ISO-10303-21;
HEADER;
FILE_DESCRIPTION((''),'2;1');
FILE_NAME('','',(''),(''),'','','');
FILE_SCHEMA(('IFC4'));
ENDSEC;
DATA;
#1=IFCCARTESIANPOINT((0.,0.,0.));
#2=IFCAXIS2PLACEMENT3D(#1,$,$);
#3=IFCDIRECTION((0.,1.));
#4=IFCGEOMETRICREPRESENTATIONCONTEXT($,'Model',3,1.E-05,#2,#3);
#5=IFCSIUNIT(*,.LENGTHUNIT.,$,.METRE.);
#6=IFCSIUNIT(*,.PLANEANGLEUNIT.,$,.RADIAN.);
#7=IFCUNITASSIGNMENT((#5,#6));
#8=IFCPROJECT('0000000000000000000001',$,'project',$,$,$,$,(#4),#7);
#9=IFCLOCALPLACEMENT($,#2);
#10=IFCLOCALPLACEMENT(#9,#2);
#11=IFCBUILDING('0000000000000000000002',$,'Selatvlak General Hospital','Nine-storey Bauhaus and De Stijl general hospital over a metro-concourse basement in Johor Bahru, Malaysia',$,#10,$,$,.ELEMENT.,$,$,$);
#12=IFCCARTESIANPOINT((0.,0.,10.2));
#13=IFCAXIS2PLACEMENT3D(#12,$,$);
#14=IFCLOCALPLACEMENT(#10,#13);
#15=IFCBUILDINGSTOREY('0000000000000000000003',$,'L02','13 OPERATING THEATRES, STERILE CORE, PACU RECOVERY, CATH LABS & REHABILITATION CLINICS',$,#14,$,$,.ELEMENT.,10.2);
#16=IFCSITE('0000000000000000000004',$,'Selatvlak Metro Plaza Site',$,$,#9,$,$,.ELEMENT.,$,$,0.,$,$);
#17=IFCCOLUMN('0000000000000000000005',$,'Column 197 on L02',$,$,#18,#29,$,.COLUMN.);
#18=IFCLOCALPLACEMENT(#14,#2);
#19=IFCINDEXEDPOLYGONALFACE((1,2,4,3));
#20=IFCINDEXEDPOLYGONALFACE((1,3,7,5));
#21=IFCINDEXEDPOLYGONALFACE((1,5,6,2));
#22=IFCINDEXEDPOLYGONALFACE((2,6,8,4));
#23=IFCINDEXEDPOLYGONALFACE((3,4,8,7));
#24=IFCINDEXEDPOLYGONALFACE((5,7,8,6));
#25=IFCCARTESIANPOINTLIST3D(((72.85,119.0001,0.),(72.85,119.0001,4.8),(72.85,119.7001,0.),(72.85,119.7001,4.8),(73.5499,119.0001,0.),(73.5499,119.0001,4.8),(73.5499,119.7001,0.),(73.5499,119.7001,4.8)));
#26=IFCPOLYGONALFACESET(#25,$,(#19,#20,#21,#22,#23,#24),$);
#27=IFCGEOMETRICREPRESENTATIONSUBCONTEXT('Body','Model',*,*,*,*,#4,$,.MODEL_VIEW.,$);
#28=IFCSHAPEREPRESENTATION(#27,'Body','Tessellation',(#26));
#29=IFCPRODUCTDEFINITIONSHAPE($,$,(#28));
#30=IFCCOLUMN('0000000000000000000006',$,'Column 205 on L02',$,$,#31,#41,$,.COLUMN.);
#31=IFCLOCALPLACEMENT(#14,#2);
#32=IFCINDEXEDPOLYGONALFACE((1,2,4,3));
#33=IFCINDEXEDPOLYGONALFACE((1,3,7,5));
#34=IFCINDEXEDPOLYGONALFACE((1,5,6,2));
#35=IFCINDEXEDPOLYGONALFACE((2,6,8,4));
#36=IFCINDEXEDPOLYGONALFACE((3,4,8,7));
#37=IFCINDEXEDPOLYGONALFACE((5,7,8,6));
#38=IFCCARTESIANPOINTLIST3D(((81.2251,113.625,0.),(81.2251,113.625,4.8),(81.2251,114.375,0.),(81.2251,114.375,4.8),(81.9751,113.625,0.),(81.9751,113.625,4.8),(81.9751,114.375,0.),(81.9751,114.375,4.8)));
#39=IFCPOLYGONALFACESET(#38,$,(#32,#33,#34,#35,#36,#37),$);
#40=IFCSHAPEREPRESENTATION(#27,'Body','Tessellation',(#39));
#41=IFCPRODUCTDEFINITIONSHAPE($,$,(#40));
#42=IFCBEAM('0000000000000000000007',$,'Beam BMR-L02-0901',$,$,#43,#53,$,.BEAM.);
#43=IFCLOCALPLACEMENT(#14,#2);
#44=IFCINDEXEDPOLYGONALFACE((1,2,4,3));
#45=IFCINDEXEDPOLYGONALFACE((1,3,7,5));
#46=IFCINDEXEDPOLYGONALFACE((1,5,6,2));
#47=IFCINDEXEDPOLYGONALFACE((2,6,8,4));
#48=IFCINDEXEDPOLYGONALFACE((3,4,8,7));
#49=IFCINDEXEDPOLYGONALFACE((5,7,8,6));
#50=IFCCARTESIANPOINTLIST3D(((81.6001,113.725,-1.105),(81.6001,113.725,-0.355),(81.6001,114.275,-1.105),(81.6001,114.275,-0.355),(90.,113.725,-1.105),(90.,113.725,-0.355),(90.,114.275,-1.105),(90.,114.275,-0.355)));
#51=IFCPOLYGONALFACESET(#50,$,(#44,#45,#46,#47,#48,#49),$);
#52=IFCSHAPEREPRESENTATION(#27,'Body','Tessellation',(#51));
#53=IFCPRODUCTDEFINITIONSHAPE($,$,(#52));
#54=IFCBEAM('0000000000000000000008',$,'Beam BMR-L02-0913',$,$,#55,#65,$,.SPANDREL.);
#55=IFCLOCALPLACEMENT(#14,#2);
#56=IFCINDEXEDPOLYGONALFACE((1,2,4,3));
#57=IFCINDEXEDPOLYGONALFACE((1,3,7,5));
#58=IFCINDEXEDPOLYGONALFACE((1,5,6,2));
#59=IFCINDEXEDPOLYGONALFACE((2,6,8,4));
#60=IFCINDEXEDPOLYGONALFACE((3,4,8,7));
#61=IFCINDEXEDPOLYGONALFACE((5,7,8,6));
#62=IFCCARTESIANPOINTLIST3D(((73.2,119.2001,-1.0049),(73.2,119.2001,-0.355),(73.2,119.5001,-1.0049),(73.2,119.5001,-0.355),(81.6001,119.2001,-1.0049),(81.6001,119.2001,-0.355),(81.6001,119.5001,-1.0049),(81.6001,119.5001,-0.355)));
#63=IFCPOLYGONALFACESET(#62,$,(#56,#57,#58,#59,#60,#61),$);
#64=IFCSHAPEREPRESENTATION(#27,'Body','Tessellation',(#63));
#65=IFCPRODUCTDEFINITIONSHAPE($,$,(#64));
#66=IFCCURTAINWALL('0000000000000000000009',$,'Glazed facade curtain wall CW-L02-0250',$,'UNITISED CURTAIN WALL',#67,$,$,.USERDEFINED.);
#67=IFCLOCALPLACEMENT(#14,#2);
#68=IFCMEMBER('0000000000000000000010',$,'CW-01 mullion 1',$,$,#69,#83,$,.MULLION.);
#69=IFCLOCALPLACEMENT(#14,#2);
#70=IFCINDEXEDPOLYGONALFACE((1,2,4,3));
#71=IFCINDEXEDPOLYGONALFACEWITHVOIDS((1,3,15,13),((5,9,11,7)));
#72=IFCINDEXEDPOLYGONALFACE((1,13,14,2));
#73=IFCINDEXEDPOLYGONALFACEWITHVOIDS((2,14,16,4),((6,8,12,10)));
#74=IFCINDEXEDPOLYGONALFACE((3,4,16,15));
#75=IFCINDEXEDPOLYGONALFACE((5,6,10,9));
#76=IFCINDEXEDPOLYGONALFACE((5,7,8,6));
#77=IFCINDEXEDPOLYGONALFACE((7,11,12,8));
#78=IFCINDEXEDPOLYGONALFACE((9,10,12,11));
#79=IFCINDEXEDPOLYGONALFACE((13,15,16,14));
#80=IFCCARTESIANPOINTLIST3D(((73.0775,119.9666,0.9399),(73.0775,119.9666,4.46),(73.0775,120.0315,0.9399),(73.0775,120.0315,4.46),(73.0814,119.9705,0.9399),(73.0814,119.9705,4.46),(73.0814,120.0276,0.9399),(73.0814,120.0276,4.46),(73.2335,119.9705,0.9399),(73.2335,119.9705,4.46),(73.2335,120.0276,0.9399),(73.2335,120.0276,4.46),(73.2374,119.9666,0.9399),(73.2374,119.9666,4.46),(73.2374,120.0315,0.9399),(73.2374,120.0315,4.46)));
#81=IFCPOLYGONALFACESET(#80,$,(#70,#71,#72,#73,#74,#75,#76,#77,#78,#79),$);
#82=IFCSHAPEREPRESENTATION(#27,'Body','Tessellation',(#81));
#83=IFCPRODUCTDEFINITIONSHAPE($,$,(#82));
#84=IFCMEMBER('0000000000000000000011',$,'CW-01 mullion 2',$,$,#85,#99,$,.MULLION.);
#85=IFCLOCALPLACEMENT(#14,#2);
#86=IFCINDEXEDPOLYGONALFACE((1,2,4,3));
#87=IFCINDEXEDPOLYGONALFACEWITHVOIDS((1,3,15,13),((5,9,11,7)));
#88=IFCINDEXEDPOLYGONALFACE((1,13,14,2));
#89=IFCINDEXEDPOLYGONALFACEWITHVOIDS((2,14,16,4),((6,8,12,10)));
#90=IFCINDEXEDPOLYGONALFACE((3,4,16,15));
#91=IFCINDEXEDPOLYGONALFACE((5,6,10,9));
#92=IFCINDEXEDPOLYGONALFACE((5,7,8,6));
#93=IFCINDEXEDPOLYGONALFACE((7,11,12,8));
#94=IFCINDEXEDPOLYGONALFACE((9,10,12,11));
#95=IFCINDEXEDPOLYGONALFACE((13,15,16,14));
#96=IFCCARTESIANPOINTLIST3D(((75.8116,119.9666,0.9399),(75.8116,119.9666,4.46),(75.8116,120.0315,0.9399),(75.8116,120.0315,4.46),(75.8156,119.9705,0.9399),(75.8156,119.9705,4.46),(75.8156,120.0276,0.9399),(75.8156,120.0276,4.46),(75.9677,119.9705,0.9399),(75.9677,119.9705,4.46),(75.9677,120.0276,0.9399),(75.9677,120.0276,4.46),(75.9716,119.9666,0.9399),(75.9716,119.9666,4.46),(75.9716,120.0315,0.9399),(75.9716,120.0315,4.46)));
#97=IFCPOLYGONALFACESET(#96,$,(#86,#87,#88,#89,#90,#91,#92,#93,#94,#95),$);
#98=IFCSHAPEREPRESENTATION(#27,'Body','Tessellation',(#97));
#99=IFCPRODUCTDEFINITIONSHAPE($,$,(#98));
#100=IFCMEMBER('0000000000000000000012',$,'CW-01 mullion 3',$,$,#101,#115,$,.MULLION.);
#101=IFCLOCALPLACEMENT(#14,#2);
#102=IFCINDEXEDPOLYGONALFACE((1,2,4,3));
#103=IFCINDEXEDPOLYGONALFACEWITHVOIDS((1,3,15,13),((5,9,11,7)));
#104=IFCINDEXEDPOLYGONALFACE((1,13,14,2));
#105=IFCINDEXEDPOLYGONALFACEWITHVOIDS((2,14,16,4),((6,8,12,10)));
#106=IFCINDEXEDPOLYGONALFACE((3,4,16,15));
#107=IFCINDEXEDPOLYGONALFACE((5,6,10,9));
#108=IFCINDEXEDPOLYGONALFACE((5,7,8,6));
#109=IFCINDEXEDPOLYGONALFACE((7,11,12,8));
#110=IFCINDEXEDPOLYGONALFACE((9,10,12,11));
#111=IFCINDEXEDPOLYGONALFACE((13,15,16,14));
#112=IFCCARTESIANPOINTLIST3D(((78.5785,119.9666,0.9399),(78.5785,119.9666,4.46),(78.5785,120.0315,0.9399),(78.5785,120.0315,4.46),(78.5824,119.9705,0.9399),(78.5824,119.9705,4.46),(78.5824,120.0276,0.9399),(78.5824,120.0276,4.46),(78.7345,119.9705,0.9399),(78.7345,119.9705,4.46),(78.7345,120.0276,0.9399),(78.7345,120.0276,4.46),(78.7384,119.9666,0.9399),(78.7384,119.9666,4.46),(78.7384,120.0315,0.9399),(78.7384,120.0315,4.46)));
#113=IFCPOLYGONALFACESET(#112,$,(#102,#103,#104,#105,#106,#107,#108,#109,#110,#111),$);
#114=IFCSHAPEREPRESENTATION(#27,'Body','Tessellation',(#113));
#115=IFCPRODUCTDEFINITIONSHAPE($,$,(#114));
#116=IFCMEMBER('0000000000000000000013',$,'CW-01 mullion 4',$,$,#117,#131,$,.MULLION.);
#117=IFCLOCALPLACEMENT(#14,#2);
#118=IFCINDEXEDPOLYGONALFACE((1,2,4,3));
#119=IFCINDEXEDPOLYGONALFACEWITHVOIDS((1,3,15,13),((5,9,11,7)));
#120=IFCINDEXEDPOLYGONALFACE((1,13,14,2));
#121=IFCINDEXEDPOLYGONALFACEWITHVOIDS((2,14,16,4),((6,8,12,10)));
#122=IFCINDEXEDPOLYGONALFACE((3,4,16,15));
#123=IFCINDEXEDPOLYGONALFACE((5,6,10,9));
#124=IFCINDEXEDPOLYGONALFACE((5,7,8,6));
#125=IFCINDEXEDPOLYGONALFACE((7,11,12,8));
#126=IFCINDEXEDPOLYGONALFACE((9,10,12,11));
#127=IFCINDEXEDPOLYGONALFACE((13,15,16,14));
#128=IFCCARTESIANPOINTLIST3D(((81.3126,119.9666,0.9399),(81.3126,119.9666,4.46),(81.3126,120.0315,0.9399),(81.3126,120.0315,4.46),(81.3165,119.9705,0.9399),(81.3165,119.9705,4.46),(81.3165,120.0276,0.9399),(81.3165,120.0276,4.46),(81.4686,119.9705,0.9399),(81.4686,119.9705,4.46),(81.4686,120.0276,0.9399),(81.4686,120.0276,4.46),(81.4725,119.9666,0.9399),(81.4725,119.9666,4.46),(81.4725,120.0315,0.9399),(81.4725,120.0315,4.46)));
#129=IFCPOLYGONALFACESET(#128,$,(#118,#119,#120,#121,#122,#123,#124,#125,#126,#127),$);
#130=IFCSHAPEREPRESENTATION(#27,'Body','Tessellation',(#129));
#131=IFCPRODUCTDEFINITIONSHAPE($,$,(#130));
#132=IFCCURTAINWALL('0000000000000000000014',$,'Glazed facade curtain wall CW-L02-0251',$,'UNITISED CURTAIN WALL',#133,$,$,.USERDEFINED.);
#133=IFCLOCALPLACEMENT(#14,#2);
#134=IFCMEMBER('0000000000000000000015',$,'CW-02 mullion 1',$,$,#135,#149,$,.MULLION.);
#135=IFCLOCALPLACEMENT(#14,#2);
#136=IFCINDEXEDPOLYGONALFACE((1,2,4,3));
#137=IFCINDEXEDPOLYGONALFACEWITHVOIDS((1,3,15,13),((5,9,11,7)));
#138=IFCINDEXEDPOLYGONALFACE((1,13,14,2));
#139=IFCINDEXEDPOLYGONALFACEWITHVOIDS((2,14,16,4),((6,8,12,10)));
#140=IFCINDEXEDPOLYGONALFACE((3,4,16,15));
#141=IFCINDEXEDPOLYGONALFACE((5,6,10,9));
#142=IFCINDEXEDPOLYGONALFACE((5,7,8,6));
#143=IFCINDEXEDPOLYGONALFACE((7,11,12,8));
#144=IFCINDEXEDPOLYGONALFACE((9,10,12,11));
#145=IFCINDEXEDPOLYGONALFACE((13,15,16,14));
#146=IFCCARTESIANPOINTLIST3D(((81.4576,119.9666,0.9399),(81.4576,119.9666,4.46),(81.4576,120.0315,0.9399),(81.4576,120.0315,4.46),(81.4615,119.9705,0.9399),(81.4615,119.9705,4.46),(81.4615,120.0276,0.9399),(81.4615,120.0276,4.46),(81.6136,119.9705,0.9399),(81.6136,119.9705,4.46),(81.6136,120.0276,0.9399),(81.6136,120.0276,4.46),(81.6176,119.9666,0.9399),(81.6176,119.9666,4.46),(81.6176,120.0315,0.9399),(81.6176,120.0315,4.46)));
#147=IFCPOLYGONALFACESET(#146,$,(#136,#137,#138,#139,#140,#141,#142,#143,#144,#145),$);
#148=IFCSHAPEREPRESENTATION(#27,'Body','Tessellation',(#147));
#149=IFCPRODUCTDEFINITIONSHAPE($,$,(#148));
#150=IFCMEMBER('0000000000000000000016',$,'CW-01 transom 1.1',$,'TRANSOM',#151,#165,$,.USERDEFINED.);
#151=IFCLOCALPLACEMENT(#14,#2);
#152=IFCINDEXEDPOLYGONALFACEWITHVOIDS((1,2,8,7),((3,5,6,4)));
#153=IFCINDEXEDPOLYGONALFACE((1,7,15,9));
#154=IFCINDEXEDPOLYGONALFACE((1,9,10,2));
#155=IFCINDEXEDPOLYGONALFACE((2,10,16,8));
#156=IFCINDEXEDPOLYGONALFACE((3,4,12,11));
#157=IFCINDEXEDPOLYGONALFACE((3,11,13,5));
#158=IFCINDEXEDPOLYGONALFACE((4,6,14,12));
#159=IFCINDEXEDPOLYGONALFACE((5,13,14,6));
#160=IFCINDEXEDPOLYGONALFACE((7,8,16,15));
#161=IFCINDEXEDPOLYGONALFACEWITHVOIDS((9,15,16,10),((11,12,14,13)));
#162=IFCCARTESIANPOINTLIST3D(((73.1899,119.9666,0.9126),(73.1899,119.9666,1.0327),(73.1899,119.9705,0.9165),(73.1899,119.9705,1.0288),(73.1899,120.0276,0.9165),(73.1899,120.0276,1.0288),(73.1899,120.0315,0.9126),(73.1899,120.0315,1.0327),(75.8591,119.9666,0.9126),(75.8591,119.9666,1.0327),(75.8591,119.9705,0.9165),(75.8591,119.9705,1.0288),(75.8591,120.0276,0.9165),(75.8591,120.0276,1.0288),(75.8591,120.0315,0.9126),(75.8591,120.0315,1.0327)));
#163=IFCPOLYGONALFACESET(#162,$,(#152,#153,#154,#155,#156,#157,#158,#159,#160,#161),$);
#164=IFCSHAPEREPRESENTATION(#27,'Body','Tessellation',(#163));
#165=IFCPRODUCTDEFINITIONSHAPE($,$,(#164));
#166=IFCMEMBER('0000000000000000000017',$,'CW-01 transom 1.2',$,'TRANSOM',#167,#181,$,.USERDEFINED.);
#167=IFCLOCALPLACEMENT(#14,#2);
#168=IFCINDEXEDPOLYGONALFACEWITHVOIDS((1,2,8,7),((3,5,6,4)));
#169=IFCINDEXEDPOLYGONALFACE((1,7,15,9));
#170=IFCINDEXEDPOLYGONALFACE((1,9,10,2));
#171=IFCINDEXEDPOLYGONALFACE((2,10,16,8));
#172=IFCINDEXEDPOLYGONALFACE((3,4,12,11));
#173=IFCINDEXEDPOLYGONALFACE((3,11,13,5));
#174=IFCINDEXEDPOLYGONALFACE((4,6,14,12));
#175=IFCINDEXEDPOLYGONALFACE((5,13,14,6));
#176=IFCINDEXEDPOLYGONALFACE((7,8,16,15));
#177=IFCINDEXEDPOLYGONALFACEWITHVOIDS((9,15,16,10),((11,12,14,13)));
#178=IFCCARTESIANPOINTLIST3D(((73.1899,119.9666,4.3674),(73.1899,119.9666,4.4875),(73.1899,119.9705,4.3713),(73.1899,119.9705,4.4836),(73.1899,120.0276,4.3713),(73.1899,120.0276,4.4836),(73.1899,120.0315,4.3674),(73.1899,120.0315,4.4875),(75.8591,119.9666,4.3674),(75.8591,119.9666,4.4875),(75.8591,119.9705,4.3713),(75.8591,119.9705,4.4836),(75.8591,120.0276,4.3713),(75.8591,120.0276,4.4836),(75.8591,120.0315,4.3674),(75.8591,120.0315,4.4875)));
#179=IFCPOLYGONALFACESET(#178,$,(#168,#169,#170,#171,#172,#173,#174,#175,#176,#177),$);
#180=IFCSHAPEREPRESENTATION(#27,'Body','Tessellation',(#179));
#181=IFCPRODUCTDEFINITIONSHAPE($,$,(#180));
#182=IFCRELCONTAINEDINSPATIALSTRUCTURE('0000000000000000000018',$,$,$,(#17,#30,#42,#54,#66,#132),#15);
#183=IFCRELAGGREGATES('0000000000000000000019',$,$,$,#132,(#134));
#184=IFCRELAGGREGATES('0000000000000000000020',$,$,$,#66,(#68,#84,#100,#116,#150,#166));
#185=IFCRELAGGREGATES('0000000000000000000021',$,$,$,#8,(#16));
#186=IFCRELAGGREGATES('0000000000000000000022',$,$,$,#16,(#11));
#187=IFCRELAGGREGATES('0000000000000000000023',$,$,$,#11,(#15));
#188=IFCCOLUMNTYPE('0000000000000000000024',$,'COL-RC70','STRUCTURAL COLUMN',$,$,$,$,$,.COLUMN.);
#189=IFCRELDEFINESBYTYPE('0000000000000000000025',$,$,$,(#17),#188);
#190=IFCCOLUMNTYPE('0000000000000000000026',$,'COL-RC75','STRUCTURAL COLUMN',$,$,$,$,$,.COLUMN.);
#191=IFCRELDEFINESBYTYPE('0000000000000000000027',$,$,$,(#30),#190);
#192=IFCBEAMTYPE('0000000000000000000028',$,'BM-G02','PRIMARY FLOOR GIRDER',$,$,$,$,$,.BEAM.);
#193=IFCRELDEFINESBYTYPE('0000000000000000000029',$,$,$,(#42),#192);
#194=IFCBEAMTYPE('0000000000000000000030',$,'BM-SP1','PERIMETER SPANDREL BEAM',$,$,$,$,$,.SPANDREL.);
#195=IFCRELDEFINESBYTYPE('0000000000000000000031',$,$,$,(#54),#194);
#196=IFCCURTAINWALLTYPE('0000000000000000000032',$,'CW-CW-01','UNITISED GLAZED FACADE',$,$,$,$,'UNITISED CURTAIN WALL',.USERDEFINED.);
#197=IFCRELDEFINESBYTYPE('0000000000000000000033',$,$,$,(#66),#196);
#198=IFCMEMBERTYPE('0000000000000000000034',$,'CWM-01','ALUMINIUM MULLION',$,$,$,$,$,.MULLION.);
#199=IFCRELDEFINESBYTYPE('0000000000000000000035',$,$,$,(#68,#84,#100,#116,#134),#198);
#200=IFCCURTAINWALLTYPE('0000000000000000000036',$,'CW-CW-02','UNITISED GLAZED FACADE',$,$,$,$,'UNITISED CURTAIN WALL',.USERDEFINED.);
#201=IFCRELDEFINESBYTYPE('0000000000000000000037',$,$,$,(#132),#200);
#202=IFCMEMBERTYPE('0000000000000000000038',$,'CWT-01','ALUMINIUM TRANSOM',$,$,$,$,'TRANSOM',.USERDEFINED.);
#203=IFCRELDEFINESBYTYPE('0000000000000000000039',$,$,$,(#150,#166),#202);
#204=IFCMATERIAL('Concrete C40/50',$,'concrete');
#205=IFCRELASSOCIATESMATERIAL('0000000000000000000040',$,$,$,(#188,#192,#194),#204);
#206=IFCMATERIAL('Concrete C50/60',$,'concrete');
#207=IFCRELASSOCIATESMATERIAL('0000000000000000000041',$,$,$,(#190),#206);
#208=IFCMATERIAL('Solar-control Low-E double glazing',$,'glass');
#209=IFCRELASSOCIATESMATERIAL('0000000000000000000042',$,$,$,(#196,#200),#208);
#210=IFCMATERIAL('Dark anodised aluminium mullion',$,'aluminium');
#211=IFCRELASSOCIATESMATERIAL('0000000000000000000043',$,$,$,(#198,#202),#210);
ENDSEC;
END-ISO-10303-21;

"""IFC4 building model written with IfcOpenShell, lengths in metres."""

from ifc_helpers import new_model, si_unit, direction, frame, origin, origin_2d, place, context, subcontext, project, spatial, rectangle, hollow_rectangle, extrude, material, material_profile, profile_set, type_object, element, aggregate, save


model = new_model("IFC4")

# Units and contexts
model_context = context("Model", 3, precision=1e-05, world=origin(), true_north=direction((0.0, 1.0)))
body_context = subcontext(model_context, "Body", "Model", "MODEL_VIEW")
ifc_project = project(units=[si_unit("LENGTHUNIT", "METRE"), si_unit("PLANEANGLEUNIT", "RADIAN")], contexts=[model_context])

# Site, building, storey
site_placement = place(None, origin())
site = spatial("IfcSite", under=ifc_project, at=site_placement, Name="Selatvlak Metro Plaza Site", CompositionType="ELEMENT", RefElevation=0.0)
building_placement = place(site_placement, origin())
building = spatial("IfcBuilding", under=site, at=building_placement, Name="Selatvlak General Hospital", Description="Nine-storey Bauhaus and De Stijl general hospital over a metro-concourse basement in Johor Bahru, Malaysia", CompositionType="ELEMENT")
storey_placement = place(building_placement, frame((0.0, 0.0, 10.2)))
storey = spatial("IfcBuildingStorey", under=building, at=storey_placement, Name="L02", Description="13 OPERATING THEATRES, STERILE CORE, PACU RECOVERY, CATH LABS & REHABILITATION CLINICS", CompositionType="ELEMENT", Elevation=10.2)

# Columns
ifc_material_1 = material(Name="Concrete C40/50", Category="concrete")
ifc_material_profile_1 = material_profile(ifc_material_1, rectangle(XDim=0.7, YDim=0.7, at=origin_2d()), Name="RC-COL 700x700")
ifc_profile_set_1 = profile_set([ifc_material_profile_1], Name="Concrete C40/50")
column_type_1 = type_object("IfcColumnType", Name="COL-RC70", Description="STRUCTURAL COLUMN", PredefinedType="COLUMN", material=ifc_profile_set_1)
column_1_placement = place(storey_placement, frame((73.2, 119.3501, 0.0), z_axis=(0.0, 0.0, 1.0), x_axis=(1.0, 0.0, 0.0)))
element("IfcColumn", 1, at=column_1_placement, inside=storey, type_object=column_type_1, Name="Column 197 on L02", PredefinedType="COLUMN", context=body_context, shape_type="SweptSolid", body=[
    extrude(rectangle(XDim=0.7, YDim=0.7, at=origin_2d()), origin(), (0.0, 0.0, 1.0), 4.8),
])
ifc_material_2 = material(Name="Concrete C50/60", Category="concrete")
ifc_material_profile_2 = material_profile(ifc_material_2, rectangle(XDim=0.75, YDim=0.75, at=origin_2d()), Name="RC-COL 750x750")
ifc_profile_set_2 = profile_set([ifc_material_profile_2], Name="Concrete C50/60")
column_type_2 = type_object("IfcColumnType", Name="COL-RC75", Description="STRUCTURAL COLUMN", PredefinedType="COLUMN", material=ifc_profile_set_2)
column_2_placement = place(storey_placement, frame((81.6001, 114.0, 0.0), z_axis=(0.0, 0.0, 1.0), x_axis=(1.0, 0.0, 0.0)))
element("IfcColumn", 2, at=column_2_placement, inside=storey, type_object=column_type_2, Name="Column 205 on L02", PredefinedType="COLUMN", context=body_context, shape_type="SweptSolid", body=[
    extrude(rectangle(XDim=0.75, YDim=0.75, at=origin_2d()), origin(), (0.0, 0.0, 1.0), 4.8),
])

# Beams
ifc_material_profile_3 = material_profile(ifc_material_1, rectangle(XDim=0.55, YDim=0.75, at=origin_2d()), Name="RC-BM 550x750")
ifc_profile_set_3 = profile_set([ifc_material_profile_3], Name="Concrete C40/50")
beam_type_1 = type_object("IfcBeamType", Name="BM-G02", Description="PRIMARY FLOOR GIRDER", PredefinedType="BEAM", material=ifc_profile_set_3)
beam_1_placement = place(storey_placement, frame((81.6001, 114.0, -0.73), z_axis=(1.0, 0.0, 0.0), x_axis=(0.0, 1.0, 0.0)))
element("IfcBeam", 3, at=beam_1_placement, inside=storey, type_object=beam_type_1, Name="Beam BMR-L02-0901", PredefinedType="BEAM", context=body_context, shape_type="SweptSolid", body=[
    extrude(rectangle(XDim=0.55, YDim=0.75, at=origin_2d()), origin(), (0.0, 0.0, 1.0), 8.3999),
])
ifc_material_profile_4 = material_profile(ifc_material_1, rectangle(XDim=0.3, YDim=0.6499, at=origin_2d()), Name="RC-SP 300x650")
ifc_profile_set_4 = profile_set([ifc_material_profile_4], Name="Concrete C40/50")
beam_type_2 = type_object("IfcBeamType", Name="BM-SP1", Description="PERIMETER SPANDREL BEAM", PredefinedType="SPANDREL", material=ifc_profile_set_4)
beam_2_placement = place(storey_placement, frame((73.2, 119.3501, -0.6799), z_axis=(1.0, 0.0, 0.0), x_axis=(0.0, 1.0, 0.0)))
element("IfcBeam", 4, at=beam_2_placement, inside=storey, type_object=beam_type_2, Name="Beam BMR-L02-0913", PredefinedType="SPANDREL", context=body_context, shape_type="SweptSolid", body=[
    extrude(rectangle(XDim=0.3, YDim=0.6499, at=origin_2d()), origin(), (0.0, 0.0, 1.0), 8.4001),
])

# Curtain wall, members
ifc_material_3 = material(Name="Solar-control Low-E double glazing", Category="glass")
curtain_wall_type_1 = type_object("IfcCurtainWallType", Name="CW-CW-01", Description="UNITISED GLAZED FACADE", ElementType="UNITISED CURTAIN WALL", PredefinedType="USERDEFINED", material=ifc_material_3)
curtain_wall_1_placement = place(storey_placement, origin())
curtain_wall_1 = element("IfcCurtainWall", 5, at=curtain_wall_1_placement, inside=storey, type_object=curtain_wall_type_1, Name="Glazed facade curtain wall CW-L02-0250", ObjectType="UNITISED CURTAIN WALL", PredefinedType="USERDEFINED")
ifc_material_4 = material(Name="Dark anodised aluminium mullion", Category="aluminium")
ifc_material_profile_5 = material_profile(ifc_material_4, hollow_rectangle(XDim=0.0649, YDim=0.1599, WallThickness=0.0039, at=origin_2d()), Name="AL-MUL 65x160x4")
ifc_profile_set_5 = profile_set([ifc_material_profile_5], Name="Dark anodised aluminium mullion")
member_type_1 = type_object("IfcMemberType", Name="CWM-01", Description="ALUMINIUM MULLION", PredefinedType="MULLION", material=ifc_profile_set_5)
member_1_placement = place(storey_placement, frame((73.1575, 119.999, 0.9399), z_axis=(0.0, 0.0, 1.0), x_axis=(0.0, 1.0, 0.0)))
member_1 = element("IfcMember", 6, at=member_1_placement, type_object=member_type_1, Name="CW-01 mullion 1", PredefinedType="MULLION", context=body_context, shape_type="SweptSolid", body=[
    extrude(hollow_rectangle(XDim=0.0649, YDim=0.1599, WallThickness=0.0039, at=origin_2d()), origin(), (0.0, 0.0, 1.0), 3.52),
])
member_2_placement = place(storey_placement, frame((75.8916, 119.999, 0.9399), z_axis=(0.0, 0.0, 1.0), x_axis=(0.0, 1.0, 0.0)))
member_2 = element("IfcMember", 7, at=member_2_placement, type_object=member_type_1, Name="CW-01 mullion 2", PredefinedType="MULLION", context=body_context, shape_type="SweptSolid", body=[
    extrude(hollow_rectangle(XDim=0.0649, YDim=0.1599, WallThickness=0.0039, at=origin_2d()), origin(), (0.0, 0.0, 1.0), 3.52),
])
member_3_placement = place(storey_placement, frame((78.6584, 119.999, 0.9399), z_axis=(0.0, 0.0, 1.0), x_axis=(0.0, 1.0, 0.0)))
member_3 = element("IfcMember", 8, at=member_3_placement, type_object=member_type_1, Name="CW-01 mullion 3", PredefinedType="MULLION", context=body_context, shape_type="SweptSolid", body=[
    extrude(hollow_rectangle(XDim=0.0649, YDim=0.1599, WallThickness=0.0039, at=origin_2d()), origin(), (0.0, 0.0, 1.0), 3.52),
])
member_4_placement = place(storey_placement, frame((81.3926, 119.999, 0.9399), z_axis=(0.0, 0.0, 1.0), x_axis=(0.0, 1.0, 0.0)))
member_4 = element("IfcMember", 9, at=member_4_placement, type_object=member_type_1, Name="CW-01 mullion 4", PredefinedType="MULLION", context=body_context, shape_type="SweptSolid", body=[
    extrude(hollow_rectangle(XDim=0.0649, YDim=0.1599, WallThickness=0.0039, at=origin_2d()), origin(), (0.0, 0.0, 1.0), 3.52),
])

# Curtain wall, member
curtain_wall_type_2 = type_object("IfcCurtainWallType", Name="CW-CW-02", Description="UNITISED GLAZED FACADE", ElementType="UNITISED CURTAIN WALL", PredefinedType="USERDEFINED", material=ifc_material_3)
curtain_wall_2_placement = place(storey_placement, origin())
curtain_wall_2 = element("IfcCurtainWall", 10, at=curtain_wall_2_placement, inside=storey, type_object=curtain_wall_type_2, Name="Glazed facade curtain wall CW-L02-0251", ObjectType="UNITISED CURTAIN WALL", PredefinedType="USERDEFINED")
member_5_placement = place(storey_placement, frame((81.5376, 119.999, 0.9399), z_axis=(0.0, 0.0, 1.0), x_axis=(0.0, 1.0, 0.0)))
member_5 = element("IfcMember", 11, at=member_5_placement, type_object=member_type_1, Name="CW-02 mullion 1", PredefinedType="MULLION", context=body_context, shape_type="SweptSolid", body=[
    extrude(hollow_rectangle(XDim=0.0649, YDim=0.1599, WallThickness=0.0039, at=origin_2d()), origin(), (0.0, 0.0, 1.0), 3.52),
])

# Members
ifc_material_profile_6 = material_profile(ifc_material_4, hollow_rectangle(XDim=0.0649, YDim=0.1201, WallThickness=0.0039, at=origin_2d()), Name="AL-TRN 65x120x4")
ifc_profile_set_6 = profile_set([ifc_material_profile_6], Name="Dark anodised aluminium mullion")
member_type_2 = type_object("IfcMemberType", Name="CWT-01", Description="ALUMINIUM TRANSOM", ElementType="TRANSOM", PredefinedType="USERDEFINED", material=ifc_profile_set_6)
member_6_placement = place(storey_placement, frame((73.1899, 119.999, 0.9727), z_axis=(1.0, 0.0, 0.0), x_axis=(0.0, 1.0, 0.0)))
member_6 = element("IfcMember", 12, at=member_6_placement, type_object=member_type_2, Name="CW-01 transom 1.1", ObjectType="TRANSOM", PredefinedType="USERDEFINED", context=body_context, shape_type="SweptSolid", body=[
    extrude(hollow_rectangle(XDim=0.0649, YDim=0.1201, WallThickness=0.0039, at=origin_2d()), origin(), (0.0, 0.0, 1.0), 2.6692),
])
member_7_placement = place(storey_placement, frame((73.1899, 119.999, 4.4275), z_axis=(1.0, 0.0, 0.0), x_axis=(0.0, 1.0, 0.0)))
member_7 = element("IfcMember", 13, at=member_7_placement, type_object=member_type_2, Name="CW-01 transom 1.2", ObjectType="TRANSOM", PredefinedType="USERDEFINED", context=body_context, shape_type="SweptSolid", body=[
    extrude(hollow_rectangle(XDim=0.0649, YDim=0.1201, WallThickness=0.0039, at=origin_2d()), origin(), (0.0, 0.0, 1.0), 2.6692),
])
aggregate(curtain_wall_2, [member_5])

aggregate(curtain_wall_1, [member_1, member_2, member_3, member_4, member_6, member_7])

save(model, "model.ifc")
